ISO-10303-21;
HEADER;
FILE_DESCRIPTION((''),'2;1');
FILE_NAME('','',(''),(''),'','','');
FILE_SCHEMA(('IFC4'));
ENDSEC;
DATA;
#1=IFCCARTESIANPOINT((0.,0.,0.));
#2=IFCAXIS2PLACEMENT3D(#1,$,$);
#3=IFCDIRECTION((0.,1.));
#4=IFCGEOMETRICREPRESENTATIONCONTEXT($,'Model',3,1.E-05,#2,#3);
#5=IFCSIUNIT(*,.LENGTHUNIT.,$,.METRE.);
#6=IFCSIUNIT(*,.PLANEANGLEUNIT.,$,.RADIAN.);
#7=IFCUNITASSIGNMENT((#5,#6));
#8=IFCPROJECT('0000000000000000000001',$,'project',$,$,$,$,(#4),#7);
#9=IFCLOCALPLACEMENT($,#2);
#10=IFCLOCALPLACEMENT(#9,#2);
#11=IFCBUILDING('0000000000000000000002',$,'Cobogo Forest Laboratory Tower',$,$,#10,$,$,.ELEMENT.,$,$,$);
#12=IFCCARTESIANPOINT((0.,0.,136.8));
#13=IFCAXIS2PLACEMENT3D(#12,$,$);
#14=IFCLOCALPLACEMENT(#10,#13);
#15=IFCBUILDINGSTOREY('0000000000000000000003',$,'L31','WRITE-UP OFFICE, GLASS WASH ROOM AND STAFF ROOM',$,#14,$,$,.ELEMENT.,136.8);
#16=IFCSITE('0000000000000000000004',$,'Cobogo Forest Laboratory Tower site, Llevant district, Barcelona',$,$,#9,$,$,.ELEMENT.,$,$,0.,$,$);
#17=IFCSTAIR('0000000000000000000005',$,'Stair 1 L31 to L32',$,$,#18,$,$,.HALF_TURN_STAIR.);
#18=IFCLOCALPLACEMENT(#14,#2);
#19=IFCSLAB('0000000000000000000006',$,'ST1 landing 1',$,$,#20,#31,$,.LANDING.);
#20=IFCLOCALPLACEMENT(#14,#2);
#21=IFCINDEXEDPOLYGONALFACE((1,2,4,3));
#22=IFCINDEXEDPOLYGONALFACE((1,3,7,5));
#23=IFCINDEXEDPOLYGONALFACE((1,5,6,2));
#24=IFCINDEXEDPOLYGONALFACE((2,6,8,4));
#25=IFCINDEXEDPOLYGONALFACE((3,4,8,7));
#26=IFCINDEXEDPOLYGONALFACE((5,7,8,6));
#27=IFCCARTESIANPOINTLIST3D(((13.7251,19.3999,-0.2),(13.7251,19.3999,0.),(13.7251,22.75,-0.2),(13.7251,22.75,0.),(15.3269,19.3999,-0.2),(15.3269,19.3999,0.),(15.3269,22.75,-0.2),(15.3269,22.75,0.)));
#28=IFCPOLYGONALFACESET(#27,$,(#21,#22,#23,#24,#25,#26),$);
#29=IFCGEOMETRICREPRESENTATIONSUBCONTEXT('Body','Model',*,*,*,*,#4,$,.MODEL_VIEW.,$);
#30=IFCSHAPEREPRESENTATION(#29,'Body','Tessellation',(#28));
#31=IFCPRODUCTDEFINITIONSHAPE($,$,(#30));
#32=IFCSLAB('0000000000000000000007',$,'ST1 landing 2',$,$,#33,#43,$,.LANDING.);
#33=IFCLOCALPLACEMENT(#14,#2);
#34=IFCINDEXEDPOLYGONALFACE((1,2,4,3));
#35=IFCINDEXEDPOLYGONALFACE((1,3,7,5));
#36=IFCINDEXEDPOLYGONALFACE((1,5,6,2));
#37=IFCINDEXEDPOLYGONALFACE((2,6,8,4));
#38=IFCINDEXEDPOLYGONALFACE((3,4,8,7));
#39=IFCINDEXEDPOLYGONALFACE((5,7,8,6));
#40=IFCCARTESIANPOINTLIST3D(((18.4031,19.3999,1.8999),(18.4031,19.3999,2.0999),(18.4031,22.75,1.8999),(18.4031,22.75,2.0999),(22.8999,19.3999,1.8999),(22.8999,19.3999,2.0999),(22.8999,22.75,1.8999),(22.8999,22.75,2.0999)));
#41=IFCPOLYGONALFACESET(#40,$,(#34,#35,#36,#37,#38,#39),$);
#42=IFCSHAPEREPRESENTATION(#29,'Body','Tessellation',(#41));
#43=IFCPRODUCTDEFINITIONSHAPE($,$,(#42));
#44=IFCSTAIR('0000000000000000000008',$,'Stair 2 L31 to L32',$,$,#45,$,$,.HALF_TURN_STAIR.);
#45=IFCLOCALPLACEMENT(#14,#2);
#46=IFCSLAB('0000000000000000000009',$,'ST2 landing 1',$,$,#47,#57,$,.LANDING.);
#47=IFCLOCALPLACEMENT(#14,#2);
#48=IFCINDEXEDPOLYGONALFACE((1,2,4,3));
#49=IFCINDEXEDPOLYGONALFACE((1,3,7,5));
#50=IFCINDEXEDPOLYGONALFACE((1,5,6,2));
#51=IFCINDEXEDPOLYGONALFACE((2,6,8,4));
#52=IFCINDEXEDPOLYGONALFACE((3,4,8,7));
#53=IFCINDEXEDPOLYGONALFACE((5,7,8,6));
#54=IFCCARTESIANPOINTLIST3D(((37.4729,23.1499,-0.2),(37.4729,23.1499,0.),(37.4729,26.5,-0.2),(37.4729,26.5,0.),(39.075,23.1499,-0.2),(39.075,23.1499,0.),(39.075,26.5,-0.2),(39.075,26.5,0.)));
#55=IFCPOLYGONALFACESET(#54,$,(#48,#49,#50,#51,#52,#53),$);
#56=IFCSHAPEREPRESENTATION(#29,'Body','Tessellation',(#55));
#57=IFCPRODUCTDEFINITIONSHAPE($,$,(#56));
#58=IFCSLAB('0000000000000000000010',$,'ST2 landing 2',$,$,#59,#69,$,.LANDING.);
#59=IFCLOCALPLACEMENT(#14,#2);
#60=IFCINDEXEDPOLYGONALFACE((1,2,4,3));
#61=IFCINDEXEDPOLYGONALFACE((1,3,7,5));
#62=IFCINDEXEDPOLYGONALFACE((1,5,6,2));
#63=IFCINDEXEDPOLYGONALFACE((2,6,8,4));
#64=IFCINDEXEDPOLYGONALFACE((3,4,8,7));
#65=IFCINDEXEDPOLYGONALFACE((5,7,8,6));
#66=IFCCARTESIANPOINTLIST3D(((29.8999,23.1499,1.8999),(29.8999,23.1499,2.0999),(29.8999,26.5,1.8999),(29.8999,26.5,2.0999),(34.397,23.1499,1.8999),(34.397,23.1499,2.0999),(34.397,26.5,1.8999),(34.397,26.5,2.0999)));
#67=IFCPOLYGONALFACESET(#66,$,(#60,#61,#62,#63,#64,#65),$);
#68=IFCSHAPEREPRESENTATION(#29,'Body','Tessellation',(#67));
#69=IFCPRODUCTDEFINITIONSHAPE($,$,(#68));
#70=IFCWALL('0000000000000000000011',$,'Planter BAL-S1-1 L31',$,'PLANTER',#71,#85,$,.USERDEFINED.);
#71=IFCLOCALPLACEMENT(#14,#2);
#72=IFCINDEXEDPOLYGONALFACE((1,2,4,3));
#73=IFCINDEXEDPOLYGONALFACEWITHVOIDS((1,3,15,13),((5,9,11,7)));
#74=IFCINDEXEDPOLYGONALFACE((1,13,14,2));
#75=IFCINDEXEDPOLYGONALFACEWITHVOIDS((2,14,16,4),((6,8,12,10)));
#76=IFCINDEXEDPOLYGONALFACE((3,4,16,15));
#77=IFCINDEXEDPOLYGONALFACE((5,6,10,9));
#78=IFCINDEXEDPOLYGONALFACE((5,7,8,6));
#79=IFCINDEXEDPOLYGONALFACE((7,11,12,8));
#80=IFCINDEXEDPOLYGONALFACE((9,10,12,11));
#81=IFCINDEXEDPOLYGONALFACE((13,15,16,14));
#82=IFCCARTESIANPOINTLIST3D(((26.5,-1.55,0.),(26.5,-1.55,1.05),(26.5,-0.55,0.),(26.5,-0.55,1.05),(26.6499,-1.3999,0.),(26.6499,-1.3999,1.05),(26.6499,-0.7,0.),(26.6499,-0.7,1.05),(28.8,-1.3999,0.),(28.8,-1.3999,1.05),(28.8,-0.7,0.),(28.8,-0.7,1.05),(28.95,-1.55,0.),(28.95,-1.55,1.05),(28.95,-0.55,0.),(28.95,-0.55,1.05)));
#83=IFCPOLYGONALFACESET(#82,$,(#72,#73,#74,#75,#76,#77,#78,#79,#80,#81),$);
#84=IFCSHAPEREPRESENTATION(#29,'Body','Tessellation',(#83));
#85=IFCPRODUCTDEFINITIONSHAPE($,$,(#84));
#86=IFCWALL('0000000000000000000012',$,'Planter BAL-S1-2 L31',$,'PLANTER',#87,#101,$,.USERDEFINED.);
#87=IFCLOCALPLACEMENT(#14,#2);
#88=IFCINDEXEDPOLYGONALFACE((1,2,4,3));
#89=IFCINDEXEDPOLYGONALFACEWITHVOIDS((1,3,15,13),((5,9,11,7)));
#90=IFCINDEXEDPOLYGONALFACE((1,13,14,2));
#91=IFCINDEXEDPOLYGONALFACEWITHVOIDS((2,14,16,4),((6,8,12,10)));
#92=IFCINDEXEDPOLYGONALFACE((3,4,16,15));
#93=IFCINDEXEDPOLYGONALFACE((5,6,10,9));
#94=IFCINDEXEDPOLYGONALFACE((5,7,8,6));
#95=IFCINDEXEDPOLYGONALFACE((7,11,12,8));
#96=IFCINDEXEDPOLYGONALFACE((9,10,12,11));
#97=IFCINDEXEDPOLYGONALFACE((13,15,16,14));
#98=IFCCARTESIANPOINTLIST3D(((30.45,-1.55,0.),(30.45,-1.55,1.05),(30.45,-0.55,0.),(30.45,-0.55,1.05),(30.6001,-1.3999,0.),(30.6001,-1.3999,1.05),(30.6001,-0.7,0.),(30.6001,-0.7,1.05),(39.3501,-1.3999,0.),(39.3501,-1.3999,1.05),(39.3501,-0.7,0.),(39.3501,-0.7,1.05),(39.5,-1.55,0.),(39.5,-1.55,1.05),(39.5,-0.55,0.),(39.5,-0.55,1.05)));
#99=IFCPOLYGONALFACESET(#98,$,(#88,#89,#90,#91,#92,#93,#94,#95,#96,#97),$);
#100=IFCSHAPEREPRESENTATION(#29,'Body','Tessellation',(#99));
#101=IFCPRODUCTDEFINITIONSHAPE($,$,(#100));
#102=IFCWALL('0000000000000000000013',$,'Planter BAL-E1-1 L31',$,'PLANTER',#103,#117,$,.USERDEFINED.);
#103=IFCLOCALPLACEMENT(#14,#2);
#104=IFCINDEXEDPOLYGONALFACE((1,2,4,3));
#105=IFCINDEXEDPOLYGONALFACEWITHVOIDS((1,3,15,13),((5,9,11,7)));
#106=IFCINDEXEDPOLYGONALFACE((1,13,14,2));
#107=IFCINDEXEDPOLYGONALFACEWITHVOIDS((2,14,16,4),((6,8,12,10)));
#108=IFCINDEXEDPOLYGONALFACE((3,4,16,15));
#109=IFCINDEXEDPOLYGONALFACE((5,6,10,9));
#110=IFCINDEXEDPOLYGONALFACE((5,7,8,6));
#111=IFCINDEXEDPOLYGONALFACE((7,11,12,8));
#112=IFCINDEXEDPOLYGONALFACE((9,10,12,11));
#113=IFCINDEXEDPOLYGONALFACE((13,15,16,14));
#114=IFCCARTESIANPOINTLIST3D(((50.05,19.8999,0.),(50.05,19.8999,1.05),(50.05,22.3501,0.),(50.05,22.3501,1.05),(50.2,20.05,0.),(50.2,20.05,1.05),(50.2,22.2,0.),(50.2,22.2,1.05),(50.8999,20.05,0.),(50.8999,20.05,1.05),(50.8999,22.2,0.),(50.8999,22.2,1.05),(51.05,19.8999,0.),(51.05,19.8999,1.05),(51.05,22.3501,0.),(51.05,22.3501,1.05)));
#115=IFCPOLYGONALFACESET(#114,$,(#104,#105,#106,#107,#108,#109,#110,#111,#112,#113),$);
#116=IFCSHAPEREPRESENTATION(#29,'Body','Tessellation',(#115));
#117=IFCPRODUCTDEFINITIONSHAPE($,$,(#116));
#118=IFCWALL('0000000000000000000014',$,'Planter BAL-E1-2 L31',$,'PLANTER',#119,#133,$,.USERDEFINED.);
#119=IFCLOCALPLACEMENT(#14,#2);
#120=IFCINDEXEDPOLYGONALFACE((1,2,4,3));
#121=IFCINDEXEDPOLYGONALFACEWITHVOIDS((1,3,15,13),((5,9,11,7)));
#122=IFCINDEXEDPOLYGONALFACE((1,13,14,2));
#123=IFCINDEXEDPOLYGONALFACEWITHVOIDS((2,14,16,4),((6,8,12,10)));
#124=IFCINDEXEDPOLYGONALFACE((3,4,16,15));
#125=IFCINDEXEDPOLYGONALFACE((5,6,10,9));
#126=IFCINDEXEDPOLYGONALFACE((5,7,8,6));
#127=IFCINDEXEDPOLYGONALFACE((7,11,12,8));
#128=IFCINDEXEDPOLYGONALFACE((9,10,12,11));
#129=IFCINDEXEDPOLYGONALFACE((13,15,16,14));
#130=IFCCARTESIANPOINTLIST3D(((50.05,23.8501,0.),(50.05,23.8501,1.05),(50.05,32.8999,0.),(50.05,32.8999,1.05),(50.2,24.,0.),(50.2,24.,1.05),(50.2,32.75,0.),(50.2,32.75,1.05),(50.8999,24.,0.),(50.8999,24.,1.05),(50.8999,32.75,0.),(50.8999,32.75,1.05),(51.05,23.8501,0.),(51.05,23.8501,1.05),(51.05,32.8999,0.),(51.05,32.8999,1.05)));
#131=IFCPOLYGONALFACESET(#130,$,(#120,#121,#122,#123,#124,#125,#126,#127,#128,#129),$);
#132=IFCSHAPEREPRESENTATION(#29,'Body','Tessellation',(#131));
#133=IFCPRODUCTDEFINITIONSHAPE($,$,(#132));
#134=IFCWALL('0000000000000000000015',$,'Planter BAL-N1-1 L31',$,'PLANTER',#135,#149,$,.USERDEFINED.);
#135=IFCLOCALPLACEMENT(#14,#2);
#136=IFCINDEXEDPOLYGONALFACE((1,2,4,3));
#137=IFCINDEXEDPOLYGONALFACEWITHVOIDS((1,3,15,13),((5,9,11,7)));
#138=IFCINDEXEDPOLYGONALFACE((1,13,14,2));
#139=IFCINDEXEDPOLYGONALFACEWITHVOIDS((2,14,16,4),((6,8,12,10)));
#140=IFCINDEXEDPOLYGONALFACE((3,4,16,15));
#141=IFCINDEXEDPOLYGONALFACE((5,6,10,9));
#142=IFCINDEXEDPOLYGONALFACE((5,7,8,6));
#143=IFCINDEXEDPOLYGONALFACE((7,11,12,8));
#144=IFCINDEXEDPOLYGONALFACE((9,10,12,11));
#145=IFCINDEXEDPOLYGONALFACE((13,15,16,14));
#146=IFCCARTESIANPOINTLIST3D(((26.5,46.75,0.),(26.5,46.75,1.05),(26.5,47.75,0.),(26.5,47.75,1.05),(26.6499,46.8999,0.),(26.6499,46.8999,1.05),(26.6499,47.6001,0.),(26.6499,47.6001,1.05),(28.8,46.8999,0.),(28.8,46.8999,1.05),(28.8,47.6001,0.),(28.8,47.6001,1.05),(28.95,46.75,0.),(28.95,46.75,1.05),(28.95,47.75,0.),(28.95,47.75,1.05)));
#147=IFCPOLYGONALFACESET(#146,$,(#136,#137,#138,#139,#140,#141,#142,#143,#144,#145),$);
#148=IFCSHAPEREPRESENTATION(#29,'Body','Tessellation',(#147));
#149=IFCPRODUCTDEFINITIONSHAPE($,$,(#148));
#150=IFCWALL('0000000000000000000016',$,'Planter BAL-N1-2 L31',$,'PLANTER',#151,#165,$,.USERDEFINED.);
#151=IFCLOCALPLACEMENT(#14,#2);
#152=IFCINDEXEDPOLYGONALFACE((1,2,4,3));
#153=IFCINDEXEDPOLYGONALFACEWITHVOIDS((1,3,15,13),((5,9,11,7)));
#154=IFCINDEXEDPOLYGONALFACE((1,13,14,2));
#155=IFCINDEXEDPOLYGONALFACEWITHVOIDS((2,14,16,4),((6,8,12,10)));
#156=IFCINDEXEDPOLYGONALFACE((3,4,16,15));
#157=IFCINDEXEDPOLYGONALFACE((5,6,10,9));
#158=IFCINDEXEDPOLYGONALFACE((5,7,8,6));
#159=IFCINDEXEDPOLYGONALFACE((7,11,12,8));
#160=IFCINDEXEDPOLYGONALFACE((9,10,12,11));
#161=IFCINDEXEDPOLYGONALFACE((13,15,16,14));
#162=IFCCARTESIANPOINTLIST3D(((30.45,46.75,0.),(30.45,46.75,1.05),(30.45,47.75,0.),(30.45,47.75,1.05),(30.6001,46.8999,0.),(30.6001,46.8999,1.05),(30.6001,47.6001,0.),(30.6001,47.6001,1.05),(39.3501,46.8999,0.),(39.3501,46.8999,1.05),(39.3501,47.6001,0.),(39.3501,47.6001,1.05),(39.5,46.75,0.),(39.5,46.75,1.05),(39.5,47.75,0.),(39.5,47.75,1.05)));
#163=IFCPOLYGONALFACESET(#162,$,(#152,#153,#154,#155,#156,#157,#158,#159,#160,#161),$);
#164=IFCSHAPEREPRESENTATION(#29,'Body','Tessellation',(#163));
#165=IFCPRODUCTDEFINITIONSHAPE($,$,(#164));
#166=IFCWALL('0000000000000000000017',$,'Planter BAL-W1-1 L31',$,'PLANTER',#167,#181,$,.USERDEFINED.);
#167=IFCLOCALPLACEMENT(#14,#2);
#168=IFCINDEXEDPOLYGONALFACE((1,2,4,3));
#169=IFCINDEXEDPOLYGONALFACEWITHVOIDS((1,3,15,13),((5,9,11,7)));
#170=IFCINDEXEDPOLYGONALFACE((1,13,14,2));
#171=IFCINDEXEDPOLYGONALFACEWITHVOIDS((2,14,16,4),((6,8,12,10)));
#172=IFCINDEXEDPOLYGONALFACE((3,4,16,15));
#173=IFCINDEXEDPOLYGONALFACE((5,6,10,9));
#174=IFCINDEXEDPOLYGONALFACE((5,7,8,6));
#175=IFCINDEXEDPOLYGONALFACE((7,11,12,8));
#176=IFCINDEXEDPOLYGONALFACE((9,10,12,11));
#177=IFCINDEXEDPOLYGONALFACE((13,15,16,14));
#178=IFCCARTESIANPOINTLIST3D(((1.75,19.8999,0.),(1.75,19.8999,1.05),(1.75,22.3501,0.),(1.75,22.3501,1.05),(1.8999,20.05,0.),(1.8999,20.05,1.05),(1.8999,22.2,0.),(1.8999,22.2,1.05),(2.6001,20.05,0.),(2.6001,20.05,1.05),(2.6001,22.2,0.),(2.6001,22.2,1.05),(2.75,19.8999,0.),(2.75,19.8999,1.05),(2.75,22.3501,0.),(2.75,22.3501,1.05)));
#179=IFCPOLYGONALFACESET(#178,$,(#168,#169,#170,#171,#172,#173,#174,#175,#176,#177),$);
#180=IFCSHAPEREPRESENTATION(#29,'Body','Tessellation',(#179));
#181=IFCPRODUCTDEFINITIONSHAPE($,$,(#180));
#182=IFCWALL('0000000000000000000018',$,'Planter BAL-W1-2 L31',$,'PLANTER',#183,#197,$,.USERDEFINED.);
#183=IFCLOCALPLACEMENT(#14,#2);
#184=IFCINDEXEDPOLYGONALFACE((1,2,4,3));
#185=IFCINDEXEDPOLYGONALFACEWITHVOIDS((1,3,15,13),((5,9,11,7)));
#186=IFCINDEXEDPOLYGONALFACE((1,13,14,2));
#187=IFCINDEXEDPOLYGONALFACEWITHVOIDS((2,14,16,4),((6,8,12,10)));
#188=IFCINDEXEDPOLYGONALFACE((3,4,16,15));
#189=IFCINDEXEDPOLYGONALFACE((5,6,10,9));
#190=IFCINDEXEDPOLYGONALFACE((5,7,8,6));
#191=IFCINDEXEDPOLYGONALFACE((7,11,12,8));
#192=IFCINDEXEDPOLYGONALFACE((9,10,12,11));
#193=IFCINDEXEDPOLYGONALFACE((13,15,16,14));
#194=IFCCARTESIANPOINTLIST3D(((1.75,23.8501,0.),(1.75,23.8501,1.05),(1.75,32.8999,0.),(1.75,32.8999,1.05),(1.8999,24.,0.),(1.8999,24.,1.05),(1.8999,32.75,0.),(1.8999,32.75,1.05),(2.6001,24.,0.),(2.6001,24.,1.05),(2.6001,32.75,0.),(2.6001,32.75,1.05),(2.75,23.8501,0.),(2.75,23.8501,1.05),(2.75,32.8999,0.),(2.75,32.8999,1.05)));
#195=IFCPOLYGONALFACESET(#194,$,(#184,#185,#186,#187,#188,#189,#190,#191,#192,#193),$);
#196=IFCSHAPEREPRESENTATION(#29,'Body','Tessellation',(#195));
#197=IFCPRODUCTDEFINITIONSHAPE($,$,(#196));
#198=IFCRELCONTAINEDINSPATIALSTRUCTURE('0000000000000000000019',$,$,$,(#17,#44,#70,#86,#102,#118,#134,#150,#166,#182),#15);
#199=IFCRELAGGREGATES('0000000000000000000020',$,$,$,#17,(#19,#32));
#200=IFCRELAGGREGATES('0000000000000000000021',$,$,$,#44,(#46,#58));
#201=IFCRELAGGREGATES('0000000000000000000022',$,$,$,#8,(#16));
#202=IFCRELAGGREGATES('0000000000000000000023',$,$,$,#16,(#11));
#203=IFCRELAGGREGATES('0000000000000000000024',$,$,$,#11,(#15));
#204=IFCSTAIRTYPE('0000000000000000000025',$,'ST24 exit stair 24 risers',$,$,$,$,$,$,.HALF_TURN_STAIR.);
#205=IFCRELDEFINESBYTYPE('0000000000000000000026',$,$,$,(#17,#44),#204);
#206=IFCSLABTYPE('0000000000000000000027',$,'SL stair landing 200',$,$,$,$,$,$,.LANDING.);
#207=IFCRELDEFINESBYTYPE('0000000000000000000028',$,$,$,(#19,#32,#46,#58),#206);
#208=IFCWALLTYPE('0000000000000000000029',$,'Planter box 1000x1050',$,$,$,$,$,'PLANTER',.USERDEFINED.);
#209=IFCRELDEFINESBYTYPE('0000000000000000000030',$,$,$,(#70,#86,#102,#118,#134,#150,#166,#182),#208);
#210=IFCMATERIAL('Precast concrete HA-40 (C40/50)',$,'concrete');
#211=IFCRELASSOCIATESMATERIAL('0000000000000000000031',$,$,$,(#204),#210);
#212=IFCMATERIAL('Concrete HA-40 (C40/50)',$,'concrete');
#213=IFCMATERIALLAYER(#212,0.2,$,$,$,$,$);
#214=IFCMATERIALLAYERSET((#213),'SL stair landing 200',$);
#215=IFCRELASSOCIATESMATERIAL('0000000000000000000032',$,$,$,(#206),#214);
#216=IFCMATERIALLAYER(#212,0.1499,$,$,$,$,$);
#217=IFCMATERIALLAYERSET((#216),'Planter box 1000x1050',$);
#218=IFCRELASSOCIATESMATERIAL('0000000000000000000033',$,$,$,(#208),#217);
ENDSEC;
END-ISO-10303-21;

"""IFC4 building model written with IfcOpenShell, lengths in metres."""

from ifc_helpers import new_model, si_unit, direction, frame, origin, place, context, subcontext, project, spatial, polyline, outline, extrude, material, layer, layer_set, type_object, element, aggregate, save


model = new_model("IFC4")

# Units and contexts
model_context = context("Model", 3, precision=1e-05, world=origin(), true_north=direction((0.0, 1.0)))
body_context = subcontext(model_context, "Body", "Model", "MODEL_VIEW")
ifc_project = project(units=[si_unit("LENGTHUNIT", "METRE"), si_unit("PLANEANGLEUNIT", "RADIAN")], contexts=[model_context])

# Site, building, storey
site_placement = place(None, origin())
site = spatial("IfcSite", under=ifc_project, at=site_placement, Name="Cobogo Forest Laboratory Tower site, Llevant district, Barcelona", CompositionType="ELEMENT", RefElevation=0.0)
building_placement = place(site_placement, origin())
building = spatial("IfcBuilding", under=site, at=building_placement, Name="Cobogo Forest Laboratory Tower", CompositionType="ELEMENT")
storey_placement = place(building_placement, frame((0.0, 0.0, 136.8)))
storey = spatial("IfcBuildingStorey", under=building, at=storey_placement, Name="L31", Description="WRITE-UP OFFICE, GLASS WASH ROOM AND STAFF ROOM", CompositionType="ELEMENT", Elevation=136.8)

# Shared definitions
ifc_material_1 = material(Name="Concrete HA-40 (C40/50)", Category="concrete")

# Stairs, slabs
ifc_material_2 = material(Name="Precast concrete HA-40 (C40/50)", Category="concrete")
stair_type = type_object("IfcStairType", Name="ST24 exit stair 24 risers", PredefinedType="HALF_TURN_STAIR", material=ifc_material_2)
stair_1_placement = place(storey_placement, origin())
stair_1 = element("IfcStair", 1, at=stair_1_placement, inside=storey, type_object=stair_type, Name="Stair 1 L31 to L32", PredefinedType="HALF_TURN_STAIR")
ifc_layer_1 = layer(ifc_material_1, 0.2)
ifc_layer_set_1 = layer_set([ifc_layer_1], Name="SL stair landing 200")
slab_type_1 = type_object("IfcSlabType", Name="SL stair landing 200", PredefinedType="LANDING", material=ifc_layer_set_1)
slab_1_placement = place(storey_placement, frame((0.0, 0.0, -0.2)))
slab_1 = element("IfcSlab", 2, at=slab_1_placement, type_object=slab_type_1, Name="ST1 landing 1", PredefinedType="LANDING", context=body_context, shape_type="SweptSolid", body=[
    extrude(outline(polyline([(13.7251, 19.3999), (15.3269, 19.3999), (15.3269, 22.75), (13.7251, 22.75), (13.7251, 19.3999)])), origin(), (0.0, 0.0, 1.0), 0.2),
])
slab_2_placement = place(storey_placement, frame((0.0, 0.0, 1.8999)))
slab_2 = element("IfcSlab", 3, at=slab_2_placement, type_object=slab_type_1, Name="ST1 landing 2", PredefinedType="LANDING", context=body_context, shape_type="SweptSolid", body=[
    extrude(outline(polyline([(18.4031, 19.3999), (22.8999, 19.3999), (22.8999, 22.75), (18.4031, 22.75), (18.4031, 19.3999)])), origin(), (0.0, 0.0, 1.0), 0.2),
])
aggregate(stair_1, [slab_1, slab_2])
stair_2_placement = place(storey_placement, origin())
stair_2 = element("IfcStair", 4, at=stair_2_placement, inside=storey, type_object=stair_type, Name="Stair 2 L31 to L32", PredefinedType="HALF_TURN_STAIR")
slab_3_placement = place(storey_placement, frame((0.0, 0.0, -0.2)))
slab_3 = element("IfcSlab", 5, at=slab_3_placement, type_object=slab_type_1, Name="ST2 landing 1", PredefinedType="LANDING", context=body_context, shape_type="SweptSolid", body=[
    extrude(outline(polyline([(37.4729, 23.1499), (39.075, 23.1499), (39.075, 26.5), (37.4729, 26.5), (37.4729, 23.1499)])), origin(), (0.0, 0.0, 1.0), 0.2),
])
slab_4_placement = place(storey_placement, frame((0.0, 0.0, 1.8999)))
slab_4 = element("IfcSlab", 6, at=slab_4_placement, type_object=slab_type_1, Name="ST2 landing 2", PredefinedType="LANDING", context=body_context, shape_type="SweptSolid", body=[
    extrude(outline(polyline([(29.8999, 23.1499), (34.397, 23.1499), (34.397, 26.5), (29.8999, 26.5), (29.8999, 23.1499)])), origin(), (0.0, 0.0, 1.0), 0.2),
])
aggregate(stair_2, [slab_3, slab_4])

# Walls
ifc_layer_2 = layer(ifc_material_1, 0.1499)
ifc_layer_set_2 = layer_set([ifc_layer_2], Name="Planter box 1000x1050")
wall_type = type_object("IfcWallType", Name="Planter box 1000x1050", ElementType="PLANTER", PredefinedType="USERDEFINED", material=ifc_layer_set_2)
wall_1_placement = place(storey_placement, origin())
element("IfcWall", 7, at=wall_1_placement, inside=storey, type_object=wall_type, Name="Planter BAL-S1-1 L31", ObjectType="PLANTER", PredefinedType="USERDEFINED", context=body_context, shape_type="SweptSolid", body=[
    extrude(outline(polyline([(26.5, -1.55), (28.95, -1.55), (28.95, -0.55), (26.5, -0.55), (26.5, -1.55)]), holes=[polyline([(26.6499, -1.3999), (28.8, -1.3999), (28.8, -0.7), (26.6499, -0.7), (26.6499, -1.3999)])]), origin(), (0.0, 0.0, 1.0), 1.05),
])
wall_2_placement = place(storey_placement, origin())
element("IfcWall", 8, at=wall_2_placement, inside=storey, type_object=wall_type, Name="Planter BAL-S1-2 L31", ObjectType="PLANTER", PredefinedType="USERDEFINED", context=body_context, shape_type="SweptSolid", body=[
    extrude(outline(polyline([(30.45, -1.55), (39.5, -1.55), (39.5, -0.55), (30.45, -0.55), (30.45, -1.55)]), holes=[polyline([(30.6001, -1.3999), (39.3501, -1.3999), (39.3501, -0.7), (30.6001, -0.7), (30.6001, -1.3999)])]), origin(), (0.0, 0.0, 1.0), 1.05),
])
wall_3_placement = place(storey_placement, origin())
element("IfcWall", 9, at=wall_3_placement, inside=storey, type_object=wall_type, Name="Planter BAL-E1-1 L31", ObjectType="PLANTER", PredefinedType="USERDEFINED", context=body_context, shape_type="SweptSolid", body=[
    extrude(outline(polyline([(50.05, 19.8999), (51.05, 19.8999), (51.05, 22.3501), (50.05, 22.3501), (50.05, 19.8999)]), holes=[polyline([(50.2, 20.05), (50.8999, 20.05), (50.8999, 22.2), (50.2, 22.2), (50.2, 20.05)])]), origin(), (0.0, 0.0, 1.0), 1.05),
])
wall_4_placement = place(storey_placement, origin())
element("IfcWall", 10, at=wall_4_placement, inside=storey, type_object=wall_type, Name="Planter BAL-E1-2 L31", ObjectType="PLANTER", PredefinedType="USERDEFINED", context=body_context, shape_type="SweptSolid", body=[
    extrude(outline(polyline([(50.05, 23.8501), (51.05, 23.8501), (51.05, 32.8999), (50.05, 32.8999), (50.05, 23.8501)]), holes=[polyline([(50.2, 24.0), (50.8999, 24.0), (50.8999, 32.75), (50.2, 32.75), (50.2, 24.0)])]), origin(), (0.0, 0.0, 1.0), 1.05),
])
wall_5_placement = place(storey_placement, origin())
element("IfcWall", 11, at=wall_5_placement, inside=storey, type_object=wall_type, Name="Planter BAL-N1-1 L31", ObjectType="PLANTER", PredefinedType="USERDEFINED", context=body_context, shape_type="SweptSolid", body=[
    extrude(outline(polyline([(26.5, 46.75), (28.95, 46.75), (28.95, 47.75), (26.5, 47.75), (26.5, 46.75)]), holes=[polyline([(26.6499, 46.8999), (28.8, 46.8999), (28.8, 47.6001), (26.6499, 47.6001), (26.6499, 46.8999)])]), origin(), (0.0, 0.0, 1.0), 1.05),
])
wall_6_placement = place(storey_placement, origin())
element("IfcWall", 12, at=wall_6_placement, inside=storey, type_object=wall_type, Name="Planter BAL-N1-2 L31", ObjectType="PLANTER", PredefinedType="USERDEFINED", context=body_context, shape_type="SweptSolid", body=[
    extrude(outline(polyline([(30.45, 46.75), (39.5, 46.75), (39.5, 47.75), (30.45, 47.75), (30.45, 46.75)]), holes=[polyline([(30.6001, 46.8999), (39.3501, 46.8999), (39.3501, 47.6001), (30.6001, 47.6001), (30.6001, 46.8999)])]), origin(), (0.0, 0.0, 1.0), 1.05),
])
wall_7_placement = place(storey_placement, origin())
element("IfcWall", 13, at=wall_7_placement, inside=storey, type_object=wall_type, Name="Planter BAL-W1-1 L31", ObjectType="PLANTER", PredefinedType="USERDEFINED", context=body_context, shape_type="SweptSolid", body=[
    extrude(outline(polyline([(1.75, 19.8999), (2.75, 19.8999), (2.75, 22.3501), (1.75, 22.3501), (1.75, 19.8999)]), holes=[polyline([(1.8999, 20.05), (2.6001, 20.05), (2.6001, 22.2), (1.8999, 22.2), (1.8999, 20.05)])]), origin(), (0.0, 0.0, 1.0), 1.05),
])
wall_8_placement = place(storey_placement, origin())
element("IfcWall", 14, at=wall_8_placement, inside=storey, type_object=wall_type, Name="Planter BAL-W1-2 L31", ObjectType="PLANTER", PredefinedType="USERDEFINED", context=body_context, shape_type="SweptSolid", body=[
    extrude(outline(polyline([(1.75, 23.8501), (2.75, 23.8501), (2.75, 32.8999), (1.75, 32.8999), (1.75, 23.8501)]), holes=[polyline([(1.8999, 24.0), (2.6001, 24.0), (2.6001, 32.75), (1.8999, 32.75), (1.8999, 24.0)])]), origin(), (0.0, 0.0, 1.0), 1.05),
])

save(model, "model.ifc")
